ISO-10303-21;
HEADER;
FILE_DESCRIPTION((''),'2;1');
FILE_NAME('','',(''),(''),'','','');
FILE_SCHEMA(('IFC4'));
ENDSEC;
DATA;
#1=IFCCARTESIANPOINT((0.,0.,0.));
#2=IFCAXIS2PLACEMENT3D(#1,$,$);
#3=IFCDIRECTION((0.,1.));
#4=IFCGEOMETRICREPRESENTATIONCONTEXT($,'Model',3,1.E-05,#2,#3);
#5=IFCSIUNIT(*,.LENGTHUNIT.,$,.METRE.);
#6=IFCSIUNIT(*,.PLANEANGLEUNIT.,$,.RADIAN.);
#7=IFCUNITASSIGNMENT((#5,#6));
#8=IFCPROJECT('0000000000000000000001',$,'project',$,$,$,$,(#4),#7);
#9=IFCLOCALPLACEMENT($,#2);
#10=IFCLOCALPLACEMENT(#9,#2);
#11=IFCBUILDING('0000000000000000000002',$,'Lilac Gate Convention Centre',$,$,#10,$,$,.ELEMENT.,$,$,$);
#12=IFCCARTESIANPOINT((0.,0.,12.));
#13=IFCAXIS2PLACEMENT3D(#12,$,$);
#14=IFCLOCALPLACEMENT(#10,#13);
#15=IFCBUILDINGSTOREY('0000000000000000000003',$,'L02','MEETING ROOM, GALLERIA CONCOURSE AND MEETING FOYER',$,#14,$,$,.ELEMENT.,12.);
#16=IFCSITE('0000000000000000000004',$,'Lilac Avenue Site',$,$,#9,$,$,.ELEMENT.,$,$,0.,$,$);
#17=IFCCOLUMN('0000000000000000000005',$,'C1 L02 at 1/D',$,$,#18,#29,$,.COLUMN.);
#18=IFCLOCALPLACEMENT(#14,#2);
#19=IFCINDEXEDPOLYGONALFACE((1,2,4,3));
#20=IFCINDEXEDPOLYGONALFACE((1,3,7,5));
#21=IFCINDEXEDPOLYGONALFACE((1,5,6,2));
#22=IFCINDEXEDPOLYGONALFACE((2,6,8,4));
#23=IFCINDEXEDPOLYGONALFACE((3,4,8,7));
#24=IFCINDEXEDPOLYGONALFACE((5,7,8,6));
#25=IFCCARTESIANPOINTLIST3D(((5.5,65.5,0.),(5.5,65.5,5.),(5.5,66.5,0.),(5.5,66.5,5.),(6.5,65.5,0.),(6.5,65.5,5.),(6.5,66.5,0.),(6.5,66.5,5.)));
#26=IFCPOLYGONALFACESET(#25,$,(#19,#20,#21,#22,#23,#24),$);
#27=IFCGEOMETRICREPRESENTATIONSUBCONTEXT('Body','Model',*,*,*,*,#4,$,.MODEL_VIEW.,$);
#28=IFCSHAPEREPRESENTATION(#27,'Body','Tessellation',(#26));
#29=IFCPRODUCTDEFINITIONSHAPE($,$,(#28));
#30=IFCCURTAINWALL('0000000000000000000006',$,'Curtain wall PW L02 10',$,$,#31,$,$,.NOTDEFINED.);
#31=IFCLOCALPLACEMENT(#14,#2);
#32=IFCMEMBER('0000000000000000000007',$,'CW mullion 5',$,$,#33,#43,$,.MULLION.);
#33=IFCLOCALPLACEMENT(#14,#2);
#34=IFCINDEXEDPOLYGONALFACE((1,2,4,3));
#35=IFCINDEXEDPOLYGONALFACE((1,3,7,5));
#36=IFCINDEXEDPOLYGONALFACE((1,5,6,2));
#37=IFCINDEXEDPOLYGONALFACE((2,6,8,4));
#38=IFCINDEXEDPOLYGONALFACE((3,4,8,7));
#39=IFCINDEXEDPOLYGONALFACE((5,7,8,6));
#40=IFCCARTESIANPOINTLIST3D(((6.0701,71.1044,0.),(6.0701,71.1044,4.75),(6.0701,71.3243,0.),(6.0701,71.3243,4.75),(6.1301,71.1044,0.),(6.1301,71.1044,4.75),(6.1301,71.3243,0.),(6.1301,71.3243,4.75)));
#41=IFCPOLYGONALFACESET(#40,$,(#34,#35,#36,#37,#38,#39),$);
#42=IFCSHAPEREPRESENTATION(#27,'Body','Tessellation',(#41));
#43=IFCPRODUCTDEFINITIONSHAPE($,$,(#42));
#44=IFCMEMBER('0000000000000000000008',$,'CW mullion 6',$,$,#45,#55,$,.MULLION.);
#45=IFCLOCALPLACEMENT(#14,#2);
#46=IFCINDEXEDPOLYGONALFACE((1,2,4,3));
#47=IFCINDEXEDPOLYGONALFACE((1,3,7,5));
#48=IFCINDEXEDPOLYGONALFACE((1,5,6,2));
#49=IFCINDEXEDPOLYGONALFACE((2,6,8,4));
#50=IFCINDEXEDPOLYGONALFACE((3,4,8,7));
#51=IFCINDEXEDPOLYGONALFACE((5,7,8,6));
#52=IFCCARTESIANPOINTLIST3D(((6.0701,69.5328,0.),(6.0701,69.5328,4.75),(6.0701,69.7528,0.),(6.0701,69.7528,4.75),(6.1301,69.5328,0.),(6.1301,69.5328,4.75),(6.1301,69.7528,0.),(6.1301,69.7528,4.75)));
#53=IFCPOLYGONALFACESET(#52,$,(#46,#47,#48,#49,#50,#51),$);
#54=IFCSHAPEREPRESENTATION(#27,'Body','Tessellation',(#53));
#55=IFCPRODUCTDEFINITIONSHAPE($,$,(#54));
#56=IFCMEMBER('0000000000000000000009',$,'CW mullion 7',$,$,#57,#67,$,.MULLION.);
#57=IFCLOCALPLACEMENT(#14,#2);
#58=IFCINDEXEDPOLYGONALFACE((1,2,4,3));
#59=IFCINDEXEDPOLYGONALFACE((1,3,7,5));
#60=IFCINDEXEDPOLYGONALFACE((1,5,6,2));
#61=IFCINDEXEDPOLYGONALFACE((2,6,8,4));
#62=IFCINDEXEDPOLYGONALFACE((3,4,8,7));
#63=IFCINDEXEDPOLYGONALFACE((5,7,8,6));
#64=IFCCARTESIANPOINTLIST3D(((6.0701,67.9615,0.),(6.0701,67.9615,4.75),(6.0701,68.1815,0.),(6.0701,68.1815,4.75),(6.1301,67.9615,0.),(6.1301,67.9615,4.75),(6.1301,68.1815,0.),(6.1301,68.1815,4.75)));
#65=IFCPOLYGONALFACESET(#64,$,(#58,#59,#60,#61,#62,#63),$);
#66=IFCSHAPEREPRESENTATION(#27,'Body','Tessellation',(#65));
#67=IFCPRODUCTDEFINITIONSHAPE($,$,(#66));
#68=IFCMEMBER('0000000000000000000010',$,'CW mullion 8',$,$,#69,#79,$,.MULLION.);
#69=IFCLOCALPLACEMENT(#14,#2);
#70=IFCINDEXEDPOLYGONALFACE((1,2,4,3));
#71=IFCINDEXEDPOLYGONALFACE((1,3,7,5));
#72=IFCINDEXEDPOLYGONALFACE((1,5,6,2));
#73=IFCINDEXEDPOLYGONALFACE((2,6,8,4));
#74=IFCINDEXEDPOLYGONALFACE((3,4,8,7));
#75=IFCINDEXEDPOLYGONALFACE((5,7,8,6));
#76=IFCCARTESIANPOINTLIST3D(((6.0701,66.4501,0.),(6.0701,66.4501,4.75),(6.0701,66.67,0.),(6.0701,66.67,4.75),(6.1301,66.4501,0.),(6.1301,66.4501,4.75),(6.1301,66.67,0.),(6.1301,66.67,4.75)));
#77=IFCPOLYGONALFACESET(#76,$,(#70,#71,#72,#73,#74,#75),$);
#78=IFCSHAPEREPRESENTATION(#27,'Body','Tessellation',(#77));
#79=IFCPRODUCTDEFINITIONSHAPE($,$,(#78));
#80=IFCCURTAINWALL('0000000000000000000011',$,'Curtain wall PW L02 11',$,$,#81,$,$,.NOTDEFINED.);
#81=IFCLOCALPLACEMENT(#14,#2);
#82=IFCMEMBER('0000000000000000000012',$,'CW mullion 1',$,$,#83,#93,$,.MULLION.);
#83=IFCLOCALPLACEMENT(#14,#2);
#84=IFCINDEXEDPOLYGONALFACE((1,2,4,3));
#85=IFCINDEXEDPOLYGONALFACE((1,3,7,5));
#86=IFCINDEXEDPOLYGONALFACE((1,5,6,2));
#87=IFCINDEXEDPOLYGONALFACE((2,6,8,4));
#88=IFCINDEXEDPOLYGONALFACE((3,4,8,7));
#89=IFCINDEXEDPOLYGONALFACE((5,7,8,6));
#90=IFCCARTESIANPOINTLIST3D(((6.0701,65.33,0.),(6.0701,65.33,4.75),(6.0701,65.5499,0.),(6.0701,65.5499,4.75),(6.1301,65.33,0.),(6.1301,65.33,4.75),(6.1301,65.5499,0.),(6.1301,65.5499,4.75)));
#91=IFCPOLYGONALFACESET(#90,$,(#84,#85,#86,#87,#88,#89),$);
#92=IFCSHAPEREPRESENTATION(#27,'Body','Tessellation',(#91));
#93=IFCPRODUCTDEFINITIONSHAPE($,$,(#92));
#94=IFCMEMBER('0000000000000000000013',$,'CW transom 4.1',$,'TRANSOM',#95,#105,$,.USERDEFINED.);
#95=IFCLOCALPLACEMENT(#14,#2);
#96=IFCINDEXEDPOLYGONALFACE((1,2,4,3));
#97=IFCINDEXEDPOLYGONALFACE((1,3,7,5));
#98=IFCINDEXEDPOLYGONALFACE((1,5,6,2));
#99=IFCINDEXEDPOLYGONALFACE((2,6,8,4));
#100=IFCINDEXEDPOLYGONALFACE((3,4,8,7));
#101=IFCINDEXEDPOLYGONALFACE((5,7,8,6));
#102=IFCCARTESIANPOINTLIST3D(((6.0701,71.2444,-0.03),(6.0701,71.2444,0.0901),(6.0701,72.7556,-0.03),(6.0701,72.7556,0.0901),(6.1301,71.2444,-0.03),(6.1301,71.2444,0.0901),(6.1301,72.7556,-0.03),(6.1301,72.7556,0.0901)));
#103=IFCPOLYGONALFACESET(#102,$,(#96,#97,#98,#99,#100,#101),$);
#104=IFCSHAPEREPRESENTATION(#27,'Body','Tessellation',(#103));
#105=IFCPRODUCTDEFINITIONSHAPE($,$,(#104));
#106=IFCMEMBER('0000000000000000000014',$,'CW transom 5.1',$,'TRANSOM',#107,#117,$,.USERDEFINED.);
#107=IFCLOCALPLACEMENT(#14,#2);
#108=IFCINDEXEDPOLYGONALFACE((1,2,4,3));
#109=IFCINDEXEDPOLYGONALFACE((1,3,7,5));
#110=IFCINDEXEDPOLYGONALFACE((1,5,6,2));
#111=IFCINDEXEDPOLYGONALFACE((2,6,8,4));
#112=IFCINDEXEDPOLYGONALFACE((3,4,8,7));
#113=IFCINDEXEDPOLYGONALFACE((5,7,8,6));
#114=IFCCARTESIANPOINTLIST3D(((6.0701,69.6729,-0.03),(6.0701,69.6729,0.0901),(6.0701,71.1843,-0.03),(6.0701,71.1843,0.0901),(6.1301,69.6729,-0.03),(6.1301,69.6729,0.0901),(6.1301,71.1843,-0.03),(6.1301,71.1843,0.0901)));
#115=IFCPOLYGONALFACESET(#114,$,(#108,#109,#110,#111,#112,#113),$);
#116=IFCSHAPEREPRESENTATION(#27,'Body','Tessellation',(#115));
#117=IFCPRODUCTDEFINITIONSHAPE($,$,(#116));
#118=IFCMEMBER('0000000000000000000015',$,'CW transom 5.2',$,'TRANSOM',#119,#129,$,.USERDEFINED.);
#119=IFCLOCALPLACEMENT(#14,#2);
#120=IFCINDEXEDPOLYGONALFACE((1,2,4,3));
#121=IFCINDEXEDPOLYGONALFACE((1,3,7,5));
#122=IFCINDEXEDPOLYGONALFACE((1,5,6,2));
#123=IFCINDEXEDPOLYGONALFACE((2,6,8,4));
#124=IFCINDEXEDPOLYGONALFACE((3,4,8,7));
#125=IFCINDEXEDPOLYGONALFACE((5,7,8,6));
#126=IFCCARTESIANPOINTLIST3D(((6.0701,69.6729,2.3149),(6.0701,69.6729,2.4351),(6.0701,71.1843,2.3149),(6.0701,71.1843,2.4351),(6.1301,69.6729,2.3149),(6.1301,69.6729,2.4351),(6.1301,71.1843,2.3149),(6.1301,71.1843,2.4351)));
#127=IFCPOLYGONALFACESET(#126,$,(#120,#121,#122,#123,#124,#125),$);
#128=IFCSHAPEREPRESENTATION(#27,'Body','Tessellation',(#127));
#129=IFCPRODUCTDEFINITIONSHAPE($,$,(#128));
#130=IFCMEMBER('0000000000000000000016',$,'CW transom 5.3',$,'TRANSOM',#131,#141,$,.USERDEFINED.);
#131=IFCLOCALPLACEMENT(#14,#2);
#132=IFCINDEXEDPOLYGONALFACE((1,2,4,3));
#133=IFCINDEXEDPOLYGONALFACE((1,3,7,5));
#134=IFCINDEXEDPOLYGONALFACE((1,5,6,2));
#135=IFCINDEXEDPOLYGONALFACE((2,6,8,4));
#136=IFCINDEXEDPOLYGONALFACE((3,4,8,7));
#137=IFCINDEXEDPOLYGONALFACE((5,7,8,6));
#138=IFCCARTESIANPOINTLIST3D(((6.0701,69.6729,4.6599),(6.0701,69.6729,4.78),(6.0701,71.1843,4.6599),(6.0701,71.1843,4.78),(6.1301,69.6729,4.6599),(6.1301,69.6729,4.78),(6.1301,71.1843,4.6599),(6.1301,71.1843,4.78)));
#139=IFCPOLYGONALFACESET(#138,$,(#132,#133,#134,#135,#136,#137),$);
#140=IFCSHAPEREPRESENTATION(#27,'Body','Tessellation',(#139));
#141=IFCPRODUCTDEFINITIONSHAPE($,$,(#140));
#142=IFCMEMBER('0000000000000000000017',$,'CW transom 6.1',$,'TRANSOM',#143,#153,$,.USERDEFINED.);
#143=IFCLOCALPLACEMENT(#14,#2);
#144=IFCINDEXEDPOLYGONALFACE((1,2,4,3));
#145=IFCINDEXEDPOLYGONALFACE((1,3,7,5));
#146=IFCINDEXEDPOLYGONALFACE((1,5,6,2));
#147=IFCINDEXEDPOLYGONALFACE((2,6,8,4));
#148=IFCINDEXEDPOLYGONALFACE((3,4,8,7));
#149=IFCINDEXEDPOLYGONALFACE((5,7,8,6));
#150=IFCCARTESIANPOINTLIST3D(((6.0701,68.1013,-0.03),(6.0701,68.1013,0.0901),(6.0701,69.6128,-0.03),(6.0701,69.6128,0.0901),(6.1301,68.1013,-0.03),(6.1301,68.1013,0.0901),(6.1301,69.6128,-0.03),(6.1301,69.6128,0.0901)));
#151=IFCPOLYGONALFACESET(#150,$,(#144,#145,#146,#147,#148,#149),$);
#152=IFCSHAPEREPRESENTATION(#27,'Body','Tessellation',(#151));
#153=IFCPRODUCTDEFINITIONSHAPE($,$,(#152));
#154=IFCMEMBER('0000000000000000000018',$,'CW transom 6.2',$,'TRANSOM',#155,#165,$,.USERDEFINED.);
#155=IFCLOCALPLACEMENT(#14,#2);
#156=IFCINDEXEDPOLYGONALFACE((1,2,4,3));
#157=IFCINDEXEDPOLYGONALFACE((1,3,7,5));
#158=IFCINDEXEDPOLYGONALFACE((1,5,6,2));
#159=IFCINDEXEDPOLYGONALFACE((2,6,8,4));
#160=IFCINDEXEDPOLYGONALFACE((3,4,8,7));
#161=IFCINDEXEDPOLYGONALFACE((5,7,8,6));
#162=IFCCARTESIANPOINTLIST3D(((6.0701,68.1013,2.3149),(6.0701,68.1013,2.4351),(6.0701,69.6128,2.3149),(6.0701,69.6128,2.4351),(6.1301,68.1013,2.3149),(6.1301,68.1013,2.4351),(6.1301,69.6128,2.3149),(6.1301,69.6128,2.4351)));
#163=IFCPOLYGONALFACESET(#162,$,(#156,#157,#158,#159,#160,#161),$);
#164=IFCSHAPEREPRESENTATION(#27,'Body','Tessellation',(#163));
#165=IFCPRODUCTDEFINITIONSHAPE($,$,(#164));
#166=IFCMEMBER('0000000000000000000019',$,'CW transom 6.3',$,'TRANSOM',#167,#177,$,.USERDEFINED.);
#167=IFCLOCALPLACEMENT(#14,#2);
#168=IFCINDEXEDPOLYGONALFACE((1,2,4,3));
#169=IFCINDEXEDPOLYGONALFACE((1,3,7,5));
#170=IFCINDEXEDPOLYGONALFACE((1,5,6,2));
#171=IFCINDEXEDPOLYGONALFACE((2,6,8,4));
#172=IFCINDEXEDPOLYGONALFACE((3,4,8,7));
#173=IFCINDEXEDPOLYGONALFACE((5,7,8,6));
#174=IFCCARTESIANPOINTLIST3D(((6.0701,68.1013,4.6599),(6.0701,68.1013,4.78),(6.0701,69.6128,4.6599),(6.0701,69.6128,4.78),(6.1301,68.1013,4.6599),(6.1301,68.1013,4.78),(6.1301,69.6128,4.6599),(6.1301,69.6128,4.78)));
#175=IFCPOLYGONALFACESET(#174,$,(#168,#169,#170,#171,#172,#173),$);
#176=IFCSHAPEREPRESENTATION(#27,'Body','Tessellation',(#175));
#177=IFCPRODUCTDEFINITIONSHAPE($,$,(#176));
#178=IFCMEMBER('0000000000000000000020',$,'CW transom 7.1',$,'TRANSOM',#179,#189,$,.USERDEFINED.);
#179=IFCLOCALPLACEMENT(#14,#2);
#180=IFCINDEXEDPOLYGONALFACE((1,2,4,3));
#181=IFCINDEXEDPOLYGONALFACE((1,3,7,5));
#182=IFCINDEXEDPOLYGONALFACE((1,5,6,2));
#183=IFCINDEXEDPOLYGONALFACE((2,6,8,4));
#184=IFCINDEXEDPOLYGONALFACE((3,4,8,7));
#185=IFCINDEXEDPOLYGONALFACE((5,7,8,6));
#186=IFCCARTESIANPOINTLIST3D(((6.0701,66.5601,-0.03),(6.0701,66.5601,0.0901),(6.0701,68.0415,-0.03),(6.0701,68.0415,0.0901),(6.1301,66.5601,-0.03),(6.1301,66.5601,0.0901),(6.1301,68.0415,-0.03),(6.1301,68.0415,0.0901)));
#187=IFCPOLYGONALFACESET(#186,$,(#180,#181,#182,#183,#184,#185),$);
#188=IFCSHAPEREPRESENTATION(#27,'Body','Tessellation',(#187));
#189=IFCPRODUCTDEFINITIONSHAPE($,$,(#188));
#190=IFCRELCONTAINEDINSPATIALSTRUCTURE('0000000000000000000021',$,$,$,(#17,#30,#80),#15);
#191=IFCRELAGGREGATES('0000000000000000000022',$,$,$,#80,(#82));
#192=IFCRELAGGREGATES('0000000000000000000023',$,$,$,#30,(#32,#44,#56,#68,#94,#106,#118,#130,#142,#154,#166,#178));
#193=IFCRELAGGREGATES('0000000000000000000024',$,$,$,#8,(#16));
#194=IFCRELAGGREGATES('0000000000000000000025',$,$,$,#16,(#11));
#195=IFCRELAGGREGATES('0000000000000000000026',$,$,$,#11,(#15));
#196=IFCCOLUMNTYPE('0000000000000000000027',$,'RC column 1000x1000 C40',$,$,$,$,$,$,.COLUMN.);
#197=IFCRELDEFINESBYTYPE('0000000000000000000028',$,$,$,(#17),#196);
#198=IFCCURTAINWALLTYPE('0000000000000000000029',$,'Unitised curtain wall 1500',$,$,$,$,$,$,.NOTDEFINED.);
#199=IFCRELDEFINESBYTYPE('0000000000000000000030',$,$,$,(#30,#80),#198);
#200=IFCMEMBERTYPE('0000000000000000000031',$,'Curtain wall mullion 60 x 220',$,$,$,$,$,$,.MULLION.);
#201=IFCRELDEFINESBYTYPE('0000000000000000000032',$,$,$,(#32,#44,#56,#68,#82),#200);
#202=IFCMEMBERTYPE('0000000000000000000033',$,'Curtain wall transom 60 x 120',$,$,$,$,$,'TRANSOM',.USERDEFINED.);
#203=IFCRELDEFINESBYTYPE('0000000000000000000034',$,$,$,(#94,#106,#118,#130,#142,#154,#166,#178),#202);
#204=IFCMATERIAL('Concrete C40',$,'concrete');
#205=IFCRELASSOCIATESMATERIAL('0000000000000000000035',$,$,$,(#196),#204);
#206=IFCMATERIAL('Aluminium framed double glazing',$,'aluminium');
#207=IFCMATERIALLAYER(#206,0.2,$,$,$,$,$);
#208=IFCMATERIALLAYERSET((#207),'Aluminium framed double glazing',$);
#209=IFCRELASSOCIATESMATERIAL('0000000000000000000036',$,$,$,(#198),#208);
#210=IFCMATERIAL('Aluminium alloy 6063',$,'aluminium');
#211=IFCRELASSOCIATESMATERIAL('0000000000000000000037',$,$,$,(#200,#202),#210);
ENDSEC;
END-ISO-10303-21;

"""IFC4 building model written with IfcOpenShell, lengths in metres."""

from ifc_helpers import new_model, si_unit, direction, frame, origin, origin_2d, place, context, subcontext, project, spatial, rectangle, extrude, material, layer, layer_set, material_profile, profile_set, type_object, element, aggregate, save


model = new_model("IFC4")

# Units and contexts
model_context = context("Model", 3, precision=1e-05, world=origin(), true_north=direction((0.0, 1.0)))
body_context = subcontext(model_context, "Body", "Model", "MODEL_VIEW")
ifc_project = project(units=[si_unit("LENGTHUNIT", "METRE"), si_unit("PLANEANGLEUNIT", "RADIAN")], contexts=[model_context])

# Site, building, storey
site_placement = place(None, origin())
site = spatial("IfcSite", under=ifc_project, at=site_placement, Name="Lilac Avenue Site", CompositionType="ELEMENT", RefElevation=0.0)
building_placement = place(site_placement, origin())
building = spatial("IfcBuilding", under=site, at=building_placement, Name="Lilac Gate Convention Centre", CompositionType="ELEMENT")
storey_placement = place(building_placement, frame((0.0, 0.0, 12.0)))
storey = spatial("IfcBuildingStorey", under=building, at=storey_placement, Name="L02", Description="MEETING ROOM, GALLERIA CONCOURSE AND MEETING FOYER", CompositionType="ELEMENT", Elevation=12.0)

# Column
ifc_material_1 = material(Name="Concrete C40", Category="concrete")
ifc_material_profile_1 = material_profile(ifc_material_1, rectangle(XDim=1.0, YDim=1.0, at=origin_2d()), Name="RC 1000x1000")
ifc_profile_set_1 = profile_set([ifc_material_profile_1], Name="Concrete C40")
column_type = type_object("IfcColumnType", Name="RC column 1000x1000 C40", PredefinedType="COLUMN", material=ifc_profile_set_1)
column_placement = place(storey_placement, frame((6.0, 66.0, 0.0), z_axis=(0.0, 0.0, 1.0), x_axis=(1.0, 0.0, 0.0)))
element("IfcColumn", 1, at=column_placement, inside=storey, type_object=column_type, Name="C1 L02 at 1/D", PredefinedType="COLUMN", context=body_context, shape_type="SweptSolid", body=[
    extrude(rectangle(XDim=1.0, YDim=1.0, at=origin_2d()), origin(), (0.0, 0.0, 1.0), 5.0),
])

# Curtain wall, members
ifc_material_2 = material(Name="Aluminium framed double glazing", Category="aluminium")
ifc_layer_1 = layer(ifc_material_2, 0.2)
ifc_layer_set_1 = layer_set([ifc_layer_1], Name="Aluminium framed double glazing")
curtain_wall_type = type_object("IfcCurtainWallType", Name="Unitised curtain wall 1500", PredefinedType="NOTDEFINED", material=ifc_layer_set_1)
curtain_wall_1_placement = place(storey_placement, origin())
curtain_wall_1 = element("IfcCurtainWall", 2, at=curtain_wall_1_placement, inside=storey, type_object=curtain_wall_type, Name="Curtain wall PW L02 10", PredefinedType="NOTDEFINED")
ifc_material_3 = material(Name="Aluminium alloy 6063", Category="aluminium")
ifc_material_profile_2 = material_profile(ifc_material_3, rectangle(XDim=0.0601, YDim=0.22, at=origin_2d()), Name="Curtain wall mullion 60 x 220")
ifc_profile_set_2 = profile_set([ifc_material_profile_2], Name="Aluminium alloy 6063")
member_type_1 = type_object("IfcMemberType", Name="Curtain wall mullion 60 x 220", PredefinedType="MULLION", material=ifc_profile_set_2)
member_1_placement = place(storey_placement, frame((6.1001, 71.2144, 0.0), z_axis=(0.0, 0.0, 1.0), x_axis=(1.0, 0.0, 0.0)))
member_1 = element("IfcMember", 3, at=member_1_placement, type_object=member_type_1, Name="CW mullion 5", PredefinedType="MULLION", context=body_context, shape_type="SweptSolid", body=[
    extrude(rectangle(XDim=0.0601, YDim=0.22, at=origin_2d()), origin(), (0.0, 0.0, 1.0), 4.75),
])
member_2_placement = place(storey_placement, frame((6.1001, 69.6428, 0.0), z_axis=(0.0, 0.0, 1.0), x_axis=(1.0, 0.0, 0.0)))
member_2 = element("IfcMember", 4, at=member_2_placement, type_object=member_type_1, Name="CW mullion 6", PredefinedType="MULLION", context=body_context, shape_type="SweptSolid", body=[
    extrude(rectangle(XDim=0.0601, YDim=0.22, at=origin_2d()), origin(), (0.0, 0.0, 1.0), 4.75),
])
member_3_placement = place(storey_placement, frame((6.1001, 68.0715, 0.0), z_axis=(0.0, 0.0, 1.0), x_axis=(1.0, 0.0, 0.0)))
member_3 = element("IfcMember", 5, at=member_3_placement, type_object=member_type_1, Name="CW mullion 7", PredefinedType="MULLION", context=body_context, shape_type="SweptSolid", body=[
    extrude(rectangle(XDim=0.0601, YDim=0.22, at=origin_2d()), origin(), (0.0, 0.0, 1.0), 4.75),
])
member_4_placement = place(storey_placement, frame((6.1001, 66.5601, 0.0), z_axis=(0.0, 0.0, 1.0), x_axis=(1.0, 0.0, 0.0)))
member_4 = element("IfcMember", 6, at=member_4_placement, type_object=member_type_1, Name="CW mullion 8", PredefinedType="MULLION", context=body_context, shape_type="SweptSolid", body=[
    extrude(rectangle(XDim=0.0601, YDim=0.22, at=origin_2d()), origin(), (0.0, 0.0, 1.0), 4.75),
])

# Curtain wall, member
curtain_wall_2_placement = place(storey_placement, origin())
curtain_wall_2 = element("IfcCurtainWall", 7, at=curtain_wall_2_placement, inside=storey, type_object=curtain_wall_type, Name="Curtain wall PW L02 11", PredefinedType="NOTDEFINED")
member_5_placement = place(storey_placement, frame((6.1001, 65.4399, 0.0), z_axis=(0.0, 0.0, 1.0), x_axis=(1.0, 0.0, 0.0)))
member_5 = element("IfcMember", 8, at=member_5_placement, type_object=member_type_1, Name="CW mullion 1", PredefinedType="MULLION", context=body_context, shape_type="SweptSolid", body=[
    extrude(rectangle(XDim=0.0601, YDim=0.22, at=origin_2d()), origin(), (0.0, 0.0, 1.0), 4.75),
])

# Members
ifc_material_profile_3 = material_profile(ifc_material_3, rectangle(XDim=0.0601, YDim=0.1201, at=origin_2d()), Name="Curtain wall transom 60 x 120")
ifc_profile_set_3 = profile_set([ifc_material_profile_3], Name="Aluminium alloy 6063")
member_type_2 = type_object("IfcMemberType", Name="Curtain wall transom 60 x 120", ElementType="TRANSOM", PredefinedType="USERDEFINED", material=ifc_profile_set_3)
member_6_placement = place(storey_placement, frame((6.1001, 72.7556, 0.03), z_axis=(0.0, -1.0, 0.0), x_axis=(1.0, 0.0, 0.0)))
member_6 = element("IfcMember", 9, at=member_6_placement, type_object=member_type_2, Name="CW transom 4.1", ObjectType="TRANSOM", PredefinedType="USERDEFINED", context=body_context, shape_type="SweptSolid", body=[
    extrude(rectangle(XDim=0.0601, YDim=0.1201, at=origin_2d()), origin(), (0.0, 0.0, 1.0), 1.5112),
])
member_7_placement = place(storey_placement, frame((6.1001, 71.1843, 0.03), z_axis=(0.0, -1.0, 0.0), x_axis=(1.0, 0.0, 0.0)))
member_7 = element("IfcMember", 10, at=member_7_placement, type_object=member_type_2, Name="CW transom 5.1", ObjectType="TRANSOM", PredefinedType="USERDEFINED", context=body_context, shape_type="SweptSolid", body=[
    extrude(rectangle(XDim=0.0601, YDim=0.1201, at=origin_2d()), origin(), (0.0, 0.0, 1.0), 1.5115),
])
member_8_placement = place(storey_placement, frame((6.1001, 71.1843, 2.375), z_axis=(0.0, -1.0, 0.0), x_axis=(1.0, 0.0, 0.0)))
member_8 = element("IfcMember", 11, at=member_8_placement, type_object=member_type_2, Name="CW transom 5.2", ObjectType="TRANSOM", PredefinedType="USERDEFINED", context=body_context, shape_type="SweptSolid", body=[
    extrude(rectangle(XDim=0.0601, YDim=0.1201, at=origin_2d()), origin(), (0.0, 0.0, 1.0), 1.5115),
])
member_9_placement = place(storey_placement, frame((6.1001, 71.1843, 4.72), z_axis=(0.0, -1.0, 0.0), x_axis=(1.0, 0.0, 0.0)))
member_9 = element("IfcMember", 12, at=member_9_placement, type_object=member_type_2, Name="CW transom 5.3", ObjectType="TRANSOM", PredefinedType="USERDEFINED", context=body_context, shape_type="SweptSolid", body=[
    extrude(rectangle(XDim=0.0601, YDim=0.1201, at=origin_2d()), origin(), (0.0, 0.0, 1.0), 1.5115),
])
member_10_placement = place(storey_placement, frame((6.1001, 69.6128, 0.03), z_axis=(0.0, -1.0, 0.0), x_axis=(1.0, 0.0, 0.0)))
member_10 = element("IfcMember", 13, at=member_10_placement, type_object=member_type_2, Name="CW transom 6.1", ObjectType="TRANSOM", PredefinedType="USERDEFINED", context=body_context, shape_type="SweptSolid", body=[
    extrude(rectangle(XDim=0.0601, YDim=0.1201, at=origin_2d()), origin(), (0.0, 0.0, 1.0), 1.5115),
])
member_11_placement = place(storey_placement, frame((6.1001, 69.6128, 2.375), z_axis=(0.0, -1.0, 0.0), x_axis=(1.0, 0.0, 0.0)))
member_11 = element("IfcMember", 14, at=member_11_placement, type_object=member_type_2, Name="CW transom 6.2", ObjectType="TRANSOM", PredefinedType="USERDEFINED", context=body_context, shape_type="SweptSolid", body=[
    extrude(rectangle(XDim=0.0601, YDim=0.1201, at=origin_2d()), origin(), (0.0, 0.0, 1.0), 1.5115),
])
member_12_placement = place(storey_placement, frame((6.1001, 69.6128, 4.72), z_axis=(0.0, -1.0, 0.0), x_axis=(1.0, 0.0, 0.0)))
member_12 = element("IfcMember", 15, at=member_12_placement, type_object=member_type_2, Name="CW transom 6.3", ObjectType="TRANSOM", PredefinedType="USERDEFINED", context=body_context, shape_type="SweptSolid", body=[
    extrude(rectangle(XDim=0.0601, YDim=0.1201, at=origin_2d()), origin(), (0.0, 0.0, 1.0), 1.5115),
])
member_13_placement = place(storey_placement, frame((6.1001, 68.0415, 0.03), z_axis=(0.0, -1.0, 0.0), x_axis=(1.0, 0.0, 0.0)))
member_13 = element("IfcMember", 16, at=member_13_placement, type_object=member_type_2, Name="CW transom 7.1", ObjectType="TRANSOM", PredefinedType="USERDEFINED", context=body_context, shape_type="SweptSolid", body=[
    extrude(rectangle(XDim=0.0601, YDim=0.1201, at=origin_2d()), origin(), (0.0, 0.0, 1.0), 1.4814),
])
aggregate(curtain_wall_2, [member_5])

aggregate(curtain_wall_1, [member_1, member_2, member_3, member_4, member_6, member_7, member_8, member_9, member_10, member_11, member_12, member_13])

save(model, "model.ifc")
